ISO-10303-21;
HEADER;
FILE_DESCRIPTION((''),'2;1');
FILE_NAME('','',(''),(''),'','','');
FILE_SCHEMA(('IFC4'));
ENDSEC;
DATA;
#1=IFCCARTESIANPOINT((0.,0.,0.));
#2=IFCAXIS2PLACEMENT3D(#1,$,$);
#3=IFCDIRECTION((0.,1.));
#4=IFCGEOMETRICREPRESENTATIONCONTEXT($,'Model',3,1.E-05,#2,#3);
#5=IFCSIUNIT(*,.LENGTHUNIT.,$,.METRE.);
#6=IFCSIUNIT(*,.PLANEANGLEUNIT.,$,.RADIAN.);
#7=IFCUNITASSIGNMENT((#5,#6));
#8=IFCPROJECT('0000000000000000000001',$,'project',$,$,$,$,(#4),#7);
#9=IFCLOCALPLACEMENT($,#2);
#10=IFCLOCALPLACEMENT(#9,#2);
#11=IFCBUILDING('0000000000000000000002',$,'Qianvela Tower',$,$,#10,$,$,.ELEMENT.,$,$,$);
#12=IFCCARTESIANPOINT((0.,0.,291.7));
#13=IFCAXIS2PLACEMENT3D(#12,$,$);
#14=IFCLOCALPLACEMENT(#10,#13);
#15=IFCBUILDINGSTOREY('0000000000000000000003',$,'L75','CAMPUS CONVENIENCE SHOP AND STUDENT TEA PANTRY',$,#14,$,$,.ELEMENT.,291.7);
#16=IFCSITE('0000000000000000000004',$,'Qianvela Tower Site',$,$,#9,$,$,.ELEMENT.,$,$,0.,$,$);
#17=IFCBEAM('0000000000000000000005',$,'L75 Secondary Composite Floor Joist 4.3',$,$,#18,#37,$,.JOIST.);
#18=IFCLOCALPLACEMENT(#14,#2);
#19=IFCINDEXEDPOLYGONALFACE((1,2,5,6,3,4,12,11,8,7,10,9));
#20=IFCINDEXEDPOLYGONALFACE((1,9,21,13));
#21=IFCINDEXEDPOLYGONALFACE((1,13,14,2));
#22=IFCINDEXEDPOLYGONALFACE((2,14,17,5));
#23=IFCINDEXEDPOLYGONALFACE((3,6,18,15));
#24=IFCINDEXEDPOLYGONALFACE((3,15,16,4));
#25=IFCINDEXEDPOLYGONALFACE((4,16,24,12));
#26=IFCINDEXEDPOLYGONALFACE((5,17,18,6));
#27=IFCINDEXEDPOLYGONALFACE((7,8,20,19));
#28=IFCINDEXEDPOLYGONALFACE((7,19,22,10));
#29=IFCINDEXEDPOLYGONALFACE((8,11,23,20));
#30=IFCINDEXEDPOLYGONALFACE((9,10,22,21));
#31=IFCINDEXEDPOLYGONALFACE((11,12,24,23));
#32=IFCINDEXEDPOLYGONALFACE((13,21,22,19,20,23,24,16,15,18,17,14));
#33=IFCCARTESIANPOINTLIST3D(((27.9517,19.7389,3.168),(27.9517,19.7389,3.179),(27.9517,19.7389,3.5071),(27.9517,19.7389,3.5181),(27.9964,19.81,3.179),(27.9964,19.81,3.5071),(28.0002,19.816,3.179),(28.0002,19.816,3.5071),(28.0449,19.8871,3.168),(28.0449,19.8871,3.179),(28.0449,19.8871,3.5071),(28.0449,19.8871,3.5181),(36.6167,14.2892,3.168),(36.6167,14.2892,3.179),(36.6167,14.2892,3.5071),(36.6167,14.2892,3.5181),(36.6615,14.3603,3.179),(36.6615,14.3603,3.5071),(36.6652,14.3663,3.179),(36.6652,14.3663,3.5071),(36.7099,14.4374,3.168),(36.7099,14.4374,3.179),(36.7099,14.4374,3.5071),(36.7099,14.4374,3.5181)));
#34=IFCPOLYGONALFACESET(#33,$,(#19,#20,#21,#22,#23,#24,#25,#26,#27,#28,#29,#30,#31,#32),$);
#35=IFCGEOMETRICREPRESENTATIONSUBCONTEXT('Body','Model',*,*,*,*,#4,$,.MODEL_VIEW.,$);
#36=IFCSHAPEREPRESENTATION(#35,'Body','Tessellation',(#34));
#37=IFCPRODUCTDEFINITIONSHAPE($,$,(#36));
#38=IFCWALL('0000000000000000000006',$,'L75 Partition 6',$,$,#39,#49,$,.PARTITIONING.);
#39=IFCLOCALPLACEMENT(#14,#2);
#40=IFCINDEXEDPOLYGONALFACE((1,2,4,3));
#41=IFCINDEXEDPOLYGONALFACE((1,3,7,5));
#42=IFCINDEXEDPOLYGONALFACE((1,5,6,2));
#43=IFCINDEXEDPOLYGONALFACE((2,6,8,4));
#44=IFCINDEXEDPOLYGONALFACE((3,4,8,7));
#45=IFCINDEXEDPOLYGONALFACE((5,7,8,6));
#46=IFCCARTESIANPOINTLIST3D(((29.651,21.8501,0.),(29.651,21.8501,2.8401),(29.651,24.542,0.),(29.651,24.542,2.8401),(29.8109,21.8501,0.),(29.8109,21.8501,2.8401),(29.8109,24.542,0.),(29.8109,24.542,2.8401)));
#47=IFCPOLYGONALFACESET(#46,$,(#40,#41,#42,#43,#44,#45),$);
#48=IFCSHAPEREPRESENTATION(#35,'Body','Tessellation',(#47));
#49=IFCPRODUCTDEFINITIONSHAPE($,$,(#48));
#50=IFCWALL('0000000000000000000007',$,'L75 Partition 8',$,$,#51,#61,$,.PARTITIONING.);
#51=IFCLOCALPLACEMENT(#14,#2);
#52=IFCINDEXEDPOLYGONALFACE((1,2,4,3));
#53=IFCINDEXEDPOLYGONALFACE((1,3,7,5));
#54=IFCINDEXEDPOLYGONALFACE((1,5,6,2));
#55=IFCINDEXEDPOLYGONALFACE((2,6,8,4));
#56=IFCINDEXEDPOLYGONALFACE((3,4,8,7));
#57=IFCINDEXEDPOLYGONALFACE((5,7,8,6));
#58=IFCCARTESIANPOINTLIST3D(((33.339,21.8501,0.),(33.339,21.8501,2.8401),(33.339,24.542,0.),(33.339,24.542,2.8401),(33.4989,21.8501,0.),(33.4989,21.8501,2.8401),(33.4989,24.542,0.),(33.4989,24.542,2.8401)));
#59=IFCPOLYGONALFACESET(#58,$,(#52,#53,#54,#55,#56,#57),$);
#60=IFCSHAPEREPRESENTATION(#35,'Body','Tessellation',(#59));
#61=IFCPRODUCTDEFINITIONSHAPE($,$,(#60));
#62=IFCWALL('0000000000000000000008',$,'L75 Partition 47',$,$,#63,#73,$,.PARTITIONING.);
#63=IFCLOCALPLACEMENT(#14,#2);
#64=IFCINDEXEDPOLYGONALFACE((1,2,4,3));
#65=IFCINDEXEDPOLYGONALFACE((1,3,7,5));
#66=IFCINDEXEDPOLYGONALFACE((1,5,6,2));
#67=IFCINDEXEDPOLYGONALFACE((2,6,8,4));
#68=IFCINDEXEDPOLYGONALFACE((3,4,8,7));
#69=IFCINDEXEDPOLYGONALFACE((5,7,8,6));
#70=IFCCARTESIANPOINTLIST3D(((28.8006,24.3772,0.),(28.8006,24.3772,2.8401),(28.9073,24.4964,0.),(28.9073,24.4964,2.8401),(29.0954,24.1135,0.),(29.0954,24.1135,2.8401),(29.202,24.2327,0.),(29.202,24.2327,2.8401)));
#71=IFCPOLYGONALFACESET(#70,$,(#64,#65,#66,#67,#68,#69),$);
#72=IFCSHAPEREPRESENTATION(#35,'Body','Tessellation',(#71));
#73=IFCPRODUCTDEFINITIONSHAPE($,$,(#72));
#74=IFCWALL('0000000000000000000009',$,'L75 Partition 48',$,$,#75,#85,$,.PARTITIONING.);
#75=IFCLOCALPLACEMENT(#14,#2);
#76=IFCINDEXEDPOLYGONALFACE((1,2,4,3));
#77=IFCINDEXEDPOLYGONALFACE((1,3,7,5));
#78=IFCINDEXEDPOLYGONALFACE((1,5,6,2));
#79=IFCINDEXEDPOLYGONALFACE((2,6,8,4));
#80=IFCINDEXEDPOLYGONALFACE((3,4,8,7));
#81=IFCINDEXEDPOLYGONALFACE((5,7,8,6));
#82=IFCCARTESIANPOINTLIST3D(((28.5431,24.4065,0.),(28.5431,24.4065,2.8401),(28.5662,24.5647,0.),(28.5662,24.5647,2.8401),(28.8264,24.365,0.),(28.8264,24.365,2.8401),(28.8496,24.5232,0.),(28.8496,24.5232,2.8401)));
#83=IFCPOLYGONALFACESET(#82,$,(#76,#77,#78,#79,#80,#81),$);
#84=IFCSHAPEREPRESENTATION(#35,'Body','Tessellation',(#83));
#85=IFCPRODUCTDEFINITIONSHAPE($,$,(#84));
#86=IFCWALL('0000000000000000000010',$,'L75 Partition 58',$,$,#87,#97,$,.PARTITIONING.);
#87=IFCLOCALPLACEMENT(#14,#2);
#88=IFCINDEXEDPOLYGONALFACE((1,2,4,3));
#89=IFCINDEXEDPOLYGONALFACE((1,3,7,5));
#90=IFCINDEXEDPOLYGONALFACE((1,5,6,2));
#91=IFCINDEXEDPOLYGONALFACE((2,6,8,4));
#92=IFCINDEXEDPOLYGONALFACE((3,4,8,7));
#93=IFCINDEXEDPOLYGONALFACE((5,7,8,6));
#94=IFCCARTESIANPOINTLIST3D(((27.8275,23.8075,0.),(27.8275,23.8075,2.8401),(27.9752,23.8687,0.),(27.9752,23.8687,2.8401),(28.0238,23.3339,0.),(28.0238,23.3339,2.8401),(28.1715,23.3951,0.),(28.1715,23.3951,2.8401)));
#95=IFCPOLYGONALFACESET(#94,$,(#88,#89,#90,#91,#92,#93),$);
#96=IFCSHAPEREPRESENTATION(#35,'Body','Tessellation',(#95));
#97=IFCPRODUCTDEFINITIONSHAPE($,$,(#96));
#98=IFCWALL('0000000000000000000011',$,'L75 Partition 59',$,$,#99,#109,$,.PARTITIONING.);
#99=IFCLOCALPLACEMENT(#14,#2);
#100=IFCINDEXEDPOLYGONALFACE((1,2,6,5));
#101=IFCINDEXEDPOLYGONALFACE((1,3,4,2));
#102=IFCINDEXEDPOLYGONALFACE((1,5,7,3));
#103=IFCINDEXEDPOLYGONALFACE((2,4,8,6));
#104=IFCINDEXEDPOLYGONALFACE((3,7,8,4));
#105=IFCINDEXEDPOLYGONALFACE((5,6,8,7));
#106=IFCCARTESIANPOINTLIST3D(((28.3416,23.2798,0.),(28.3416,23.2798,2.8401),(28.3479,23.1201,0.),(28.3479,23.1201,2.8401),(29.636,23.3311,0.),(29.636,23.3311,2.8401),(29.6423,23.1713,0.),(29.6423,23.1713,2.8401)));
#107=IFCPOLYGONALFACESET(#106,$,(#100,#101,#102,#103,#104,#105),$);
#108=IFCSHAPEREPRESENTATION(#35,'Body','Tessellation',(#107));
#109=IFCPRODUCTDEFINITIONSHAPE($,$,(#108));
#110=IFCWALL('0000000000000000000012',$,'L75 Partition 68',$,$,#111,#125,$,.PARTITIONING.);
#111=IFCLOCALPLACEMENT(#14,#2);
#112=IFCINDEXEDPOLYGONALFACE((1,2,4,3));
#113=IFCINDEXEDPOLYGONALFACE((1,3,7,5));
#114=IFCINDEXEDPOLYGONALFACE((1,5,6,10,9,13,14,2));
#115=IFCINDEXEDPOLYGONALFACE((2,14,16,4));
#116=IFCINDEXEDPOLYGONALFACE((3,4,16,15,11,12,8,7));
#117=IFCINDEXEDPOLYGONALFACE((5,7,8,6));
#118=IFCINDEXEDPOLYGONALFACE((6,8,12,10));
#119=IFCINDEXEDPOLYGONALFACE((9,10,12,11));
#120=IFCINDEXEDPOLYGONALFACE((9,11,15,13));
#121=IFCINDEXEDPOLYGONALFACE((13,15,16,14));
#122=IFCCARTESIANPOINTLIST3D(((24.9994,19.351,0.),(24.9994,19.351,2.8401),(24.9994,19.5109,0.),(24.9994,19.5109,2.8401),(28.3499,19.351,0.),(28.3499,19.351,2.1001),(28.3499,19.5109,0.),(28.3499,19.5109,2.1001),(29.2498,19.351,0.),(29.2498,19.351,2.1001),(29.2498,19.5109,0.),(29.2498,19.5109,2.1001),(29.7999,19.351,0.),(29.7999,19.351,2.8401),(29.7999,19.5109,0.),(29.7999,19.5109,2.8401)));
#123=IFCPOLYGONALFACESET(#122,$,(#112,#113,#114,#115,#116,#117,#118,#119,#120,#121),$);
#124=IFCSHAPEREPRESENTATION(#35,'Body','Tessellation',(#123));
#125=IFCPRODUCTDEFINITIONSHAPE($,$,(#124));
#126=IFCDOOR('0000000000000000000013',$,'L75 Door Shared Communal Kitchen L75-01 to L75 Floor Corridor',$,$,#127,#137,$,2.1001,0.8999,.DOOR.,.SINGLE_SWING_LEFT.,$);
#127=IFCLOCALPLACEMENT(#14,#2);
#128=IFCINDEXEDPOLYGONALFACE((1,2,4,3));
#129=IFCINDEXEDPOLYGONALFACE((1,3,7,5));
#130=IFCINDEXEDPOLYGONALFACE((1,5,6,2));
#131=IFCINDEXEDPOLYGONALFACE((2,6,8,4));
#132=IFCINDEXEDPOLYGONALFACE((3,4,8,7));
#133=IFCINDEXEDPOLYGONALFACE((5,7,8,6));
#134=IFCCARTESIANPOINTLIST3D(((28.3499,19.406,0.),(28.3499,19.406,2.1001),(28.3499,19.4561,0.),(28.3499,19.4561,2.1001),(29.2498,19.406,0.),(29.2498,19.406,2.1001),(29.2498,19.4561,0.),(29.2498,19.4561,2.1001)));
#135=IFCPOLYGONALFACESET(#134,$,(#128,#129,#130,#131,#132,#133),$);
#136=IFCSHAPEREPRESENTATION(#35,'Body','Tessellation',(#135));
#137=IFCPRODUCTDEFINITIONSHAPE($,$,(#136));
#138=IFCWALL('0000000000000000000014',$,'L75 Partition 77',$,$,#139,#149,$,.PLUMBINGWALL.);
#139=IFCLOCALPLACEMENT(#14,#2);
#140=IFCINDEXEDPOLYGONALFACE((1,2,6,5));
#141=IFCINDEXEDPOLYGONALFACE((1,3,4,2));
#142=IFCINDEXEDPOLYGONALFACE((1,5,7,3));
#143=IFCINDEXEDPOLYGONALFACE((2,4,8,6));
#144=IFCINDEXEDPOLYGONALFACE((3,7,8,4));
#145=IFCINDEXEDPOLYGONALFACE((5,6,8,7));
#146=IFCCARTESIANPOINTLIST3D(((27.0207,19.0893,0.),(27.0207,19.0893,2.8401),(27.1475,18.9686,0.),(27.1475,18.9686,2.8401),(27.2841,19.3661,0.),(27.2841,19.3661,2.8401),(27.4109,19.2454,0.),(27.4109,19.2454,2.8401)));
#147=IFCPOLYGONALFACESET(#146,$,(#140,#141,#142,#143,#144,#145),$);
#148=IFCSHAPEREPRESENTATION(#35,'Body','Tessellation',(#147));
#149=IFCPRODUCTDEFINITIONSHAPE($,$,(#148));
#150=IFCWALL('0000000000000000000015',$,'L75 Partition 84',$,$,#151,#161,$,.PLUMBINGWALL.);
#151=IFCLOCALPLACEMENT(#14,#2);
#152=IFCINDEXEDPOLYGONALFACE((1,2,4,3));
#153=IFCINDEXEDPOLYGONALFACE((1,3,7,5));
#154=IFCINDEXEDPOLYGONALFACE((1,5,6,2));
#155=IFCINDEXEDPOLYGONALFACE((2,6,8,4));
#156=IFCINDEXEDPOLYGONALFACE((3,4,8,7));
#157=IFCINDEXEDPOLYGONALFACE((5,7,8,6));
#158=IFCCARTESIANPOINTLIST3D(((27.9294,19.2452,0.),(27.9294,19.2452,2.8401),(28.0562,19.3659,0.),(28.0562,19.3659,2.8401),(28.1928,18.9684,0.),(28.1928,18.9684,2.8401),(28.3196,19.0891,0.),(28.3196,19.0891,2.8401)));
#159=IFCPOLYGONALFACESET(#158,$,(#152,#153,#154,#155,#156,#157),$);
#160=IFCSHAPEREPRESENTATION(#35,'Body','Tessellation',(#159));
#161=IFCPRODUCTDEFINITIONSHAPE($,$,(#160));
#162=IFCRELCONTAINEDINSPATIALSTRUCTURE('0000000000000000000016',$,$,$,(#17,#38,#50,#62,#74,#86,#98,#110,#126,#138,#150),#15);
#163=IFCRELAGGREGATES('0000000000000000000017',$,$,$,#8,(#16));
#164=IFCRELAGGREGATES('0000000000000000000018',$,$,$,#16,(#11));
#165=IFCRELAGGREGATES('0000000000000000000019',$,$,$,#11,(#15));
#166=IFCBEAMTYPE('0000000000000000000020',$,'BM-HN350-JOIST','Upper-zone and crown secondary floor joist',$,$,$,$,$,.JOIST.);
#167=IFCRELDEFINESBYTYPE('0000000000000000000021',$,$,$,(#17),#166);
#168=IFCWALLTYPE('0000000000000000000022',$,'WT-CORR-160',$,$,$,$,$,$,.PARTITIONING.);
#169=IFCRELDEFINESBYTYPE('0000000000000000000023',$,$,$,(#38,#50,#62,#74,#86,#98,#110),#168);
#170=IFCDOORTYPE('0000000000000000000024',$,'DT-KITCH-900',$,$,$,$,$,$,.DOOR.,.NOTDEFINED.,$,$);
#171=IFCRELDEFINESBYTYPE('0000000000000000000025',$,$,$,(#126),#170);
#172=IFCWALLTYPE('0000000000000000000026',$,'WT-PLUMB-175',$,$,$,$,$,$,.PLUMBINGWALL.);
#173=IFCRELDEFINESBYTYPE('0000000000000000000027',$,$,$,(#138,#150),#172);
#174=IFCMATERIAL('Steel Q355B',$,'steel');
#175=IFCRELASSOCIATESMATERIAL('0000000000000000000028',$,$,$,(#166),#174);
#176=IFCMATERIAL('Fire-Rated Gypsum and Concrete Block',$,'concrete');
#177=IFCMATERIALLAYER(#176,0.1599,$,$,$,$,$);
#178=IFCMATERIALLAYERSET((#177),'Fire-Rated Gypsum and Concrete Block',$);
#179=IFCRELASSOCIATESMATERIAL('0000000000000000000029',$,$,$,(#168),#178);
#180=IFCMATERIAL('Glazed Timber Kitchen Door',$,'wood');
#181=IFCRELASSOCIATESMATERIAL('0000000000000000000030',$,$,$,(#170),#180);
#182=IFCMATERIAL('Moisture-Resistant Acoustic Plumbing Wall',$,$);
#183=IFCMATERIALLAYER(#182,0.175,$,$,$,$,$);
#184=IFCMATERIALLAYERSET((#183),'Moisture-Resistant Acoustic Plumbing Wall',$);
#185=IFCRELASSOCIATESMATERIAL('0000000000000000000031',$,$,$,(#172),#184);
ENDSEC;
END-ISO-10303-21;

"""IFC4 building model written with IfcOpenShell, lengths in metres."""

from ifc_helpers import new_model, si_unit, direction, frame, frame_2d, origin, origin_2d, place, context, subcontext, project, spatial, rectangle, i_section, extrude, material, layer, layer_set, material_profile, profile_set, type_object, element, fill, save


model = new_model("IFC4")

# Units and contexts
model_context = context("Model", 3, precision=1e-05, world=origin(), true_north=direction((0.0, 1.0)))
body_context = subcontext(model_context, "Body", "Model", "MODEL_VIEW")
ifc_project = project(units=[si_unit("LENGTHUNIT", "METRE"), si_unit("PLANEANGLEUNIT", "RADIAN")], contexts=[model_context])

# Site, building, storey
site_placement = place(None, origin())
site = spatial("IfcSite", under=ifc_project, at=site_placement, Name="Qianvela Tower Site", CompositionType="ELEMENT", RefElevation=0.0)
building_placement = place(site_placement, origin())
building = spatial("IfcBuilding", under=site, at=building_placement, Name="Qianvela Tower", CompositionType="ELEMENT")
storey_placement = place(building_placement, frame((0.0, 0.0, 291.7)))
storey = spatial("IfcBuildingStorey", under=building, at=storey_placement, Name="L75", Description="CAMPUS CONVENIENCE SHOP AND STUDENT TEA PANTRY", CompositionType="ELEMENT", Elevation=291.7)

# Beam
ifc_material_1 = material(Name="Steel Q355B", Category="steel")
ifc_material_profile_1 = material_profile(ifc_material_1, i_section(OverallWidth=0.175, OverallDepth=0.3501, WebThickness=0.0071, FlangeThickness=0.011, at=origin_2d()), Name="HN350x175x7x11")
ifc_profile_set_1 = profile_set([ifc_material_profile_1], Name="Steel Q355B")
beam_type_1 = type_object("IfcBeamType", Name="BM-HN350-JOIST", Description="Upper-zone and crown secondary floor joist", PredefinedType="JOIST", material=ifc_profile_set_1)
beam_1_placement = place(storey_placement, frame((27.9983, 19.813, 3.343), z_axis=(0.8465, -0.532389, 0.0), x_axis=(0.532389, 0.8465, 0.0)))
element("IfcBeam", 1, at=beam_1_placement, inside=storey, type_object=beam_type_1, Name="L75 Secondary Composite Floor Joist 4.3", PredefinedType="JOIST", context=body_context, shape_type="SweptSolid", body=[
    extrude(i_section(OverallWidth=0.175, OverallDepth=0.3501, WebThickness=0.0071, FlangeThickness=0.011, at=origin_2d()), origin(), (0.0, 0.0, 1.0), 10.2363),
])

# Shared definitions
ifc_material_2 = material(Name="Fire-Rated Gypsum and Concrete Block", Category="concrete")
ifc_layer_1 = layer(ifc_material_2, 0.1599)
ifc_layer_set_1 = layer_set([ifc_layer_1], Name="Fire-Rated Gypsum and Concrete Block")
wall_type_1 = type_object("IfcWallType", Name="WT-CORR-160", PredefinedType="PARTITIONING", material=ifc_layer_set_1)

# Walls
for number, where, z_axis, x_axis, name in (
    (2, (29.731, 21.8501, 0.0), (0.0, 0.0, 1.0), (0.0, 1.0, 0.0), "L75 Partition 6"),
    (3, (33.4189, 24.542, 0.0), (0.0, 0.0, 1.0), (0.0, -1.0, 0.0), "L75 Partition 8"),
):
    element("IfcWall", number, at=place(storey_placement, frame(where, z_axis=z_axis, x_axis=x_axis)), inside=storey, type_object=wall_type_1, Name=name, PredefinedType="PARTITIONING", context=body_context, shape_type="SweptSolid", body=[
        extrude(rectangle(XDim=2.6919, YDim=0.1599, at=frame_2d((1.3459, 0.0))), origin(), (0.0, 0.0, 1.0), 2.8401),
    ])
wall_1_placement = place(storey_placement, frame((29.1487, 24.1731, 0.0), z_axis=(0.0, 0.0, 1.0), x_axis=(-0.745225, 0.666813, 0.0)))
element("IfcWall", 4, at=wall_1_placement, inside=storey, type_object=wall_type_1, Name="L75 Partition 47", PredefinedType="PARTITIONING", context=body_context, shape_type="SweptSolid", body=[
    extrude(rectangle(XDim=0.3955, YDim=0.1599, at=frame_2d((0.1978, 0.0))), origin(), (0.0, 0.0, 1.0), 2.8401),
])
wall_2_placement = place(storey_placement, frame((28.8379, 24.4441, 0.0), z_axis=(0.0, 0.0, 1.0), x_axis=(-0.989449, 0.144881, 0.0)))
element("IfcWall", 5, at=wall_2_placement, inside=storey, type_object=wall_type_1, Name="L75 Partition 48", PredefinedType="PARTITIONING", context=body_context, shape_type="SweptSolid", body=[
    extrude(rectangle(XDim=0.2864, YDim=0.1599, at=frame_2d((0.1431, 0.0))), origin(), (0.0, 0.0, 1.0), 2.8401),
])
wall_3_placement = place(storey_placement, frame((27.9014, 23.8381, 0.0), z_axis=(0.0, 0.0, 1.0), x_axis=(0.382856, -0.923808, 0.0)))
element("IfcWall", 6, at=wall_3_placement, inside=storey, type_object=wall_type_1, Name="L75 Partition 58", PredefinedType="PARTITIONING", context=body_context, shape_type="SweptSolid", body=[
    extrude(rectangle(XDim=0.5127, YDim=0.1599, at=frame_2d((0.2563, 0.0))), origin(), (0.0, 0.0, 1.0), 2.8401),
])
wall_4_placement = place(storey_placement, frame((28.3447, 23.2, 0.0), z_axis=(0.0, 0.0, 1.0), x_axis=(0.999217, 0.039577, 0.0)))
element("IfcWall", 7, at=wall_4_placement, inside=storey, type_object=wall_type_1, Name="L75 Partition 59", PredefinedType="PARTITIONING", context=body_context, shape_type="SweptSolid", body=[
    extrude(rectangle(XDim=1.2954, YDim=0.1599, at=frame_2d((0.6477, 0.0))), origin(), (0.0, 0.0, 1.0), 2.8401),
])

# Wall, opening, door
wall_5_placement = place(storey_placement, frame((29.8, 19.4309, 0.0), z_axis=(0.0, 0.0, 1.0), x_axis=(-1.0, 0.0, 0.0)))
wall_5 = element("IfcWall", 8, at=wall_5_placement, inside=storey, type_object=wall_type_1, Name="L75 Partition 68", PredefinedType="PARTITIONING", context=body_context, shape_type="SweptSolid", body=[
    extrude(rectangle(XDim=4.8005, YDim=0.1599, at=frame_2d((2.4004, 0.0))), origin(), (0.0, 0.0, 1.0), 2.8401),
])
opening_1_placement = place(wall_5_placement, frame((0.5503, 0.0, 0.0)))
opening_1 = element("IfcOpeningElement", 9, at=opening_1_placement, cuts=wall_5, PredefinedType="OPENING", context=body_context, shape_type="SweptSolid", body=[
    extrude(rectangle(XDim=0.8999, YDim=2.1001, at=frame_2d((0.45, 1.05))), frame((0.0, 0.0898, 0.0), z_axis=(0.0, -1.0, 0.0), x_axis=(1.0, 0.0, 0.0)), (0.0, 0.0, 1.0), 0.1799),
])
ifc_material_3 = material(Name="Glazed Timber Kitchen Door", Category="wood")
door_type_1 = type_object("IfcDoorType", Name="DT-KITCH-900", OperationType="NOTDEFINED", PredefinedType="DOOR", material=ifc_material_3)
door_1_placement = place(opening_1_placement, origin())
door_1 = element("IfcDoor", 10, at=door_1_placement, inside=storey, type_object=door_type_1, Name="L75 Door Shared Communal Kitchen L75-01 to L75 Floor Corridor", OperationType="SINGLE_SWING_LEFT", OverallHeight=2.1001, OverallWidth=0.8999, PredefinedType="DOOR", context=body_context, shape_type="SweptSolid", body=[
    extrude(rectangle(XDim=0.8999, YDim=2.1001, at=frame_2d((0.45, 1.05))), frame((0.0, 0.0249, 0.0), z_axis=(0.0, -1.0, 0.0), x_axis=(1.0, 0.0, 0.0)), (0.0, 0.0, 1.0), 0.05),
])
fill(opening_1, door_1)

# Walls
ifc_material_4 = material(Name="Moisture-Resistant Acoustic Plumbing Wall")
ifc_layer_2 = layer(ifc_material_4, 0.175)
ifc_layer_set_2 = layer_set([ifc_layer_2], Name="Moisture-Resistant Acoustic Plumbing Wall")
wall_type_2 = type_object("IfcWallType", Name="WT-PLUMB-175", PredefinedType="PLUMBINGWALL", material=ifc_layer_set_2)
for number, where, z_axis, x_axis, name in (
    (11, (27.3474, 19.3057, 0.0), (0.0, 0.0, 1.0), (-0.68932, -0.724457, 0.0), "L75 Partition 77"),
    (12, (28.2561, 19.0288, 0.0), (0.0, 0.0, 1.0), (-0.68932, 0.724457, 0.0), "L75 Partition 84"),
):
    element("IfcWall", number, at=place(storey_placement, frame(where, z_axis=z_axis, x_axis=x_axis)), inside=storey, type_object=wall_type_2, Name=name, PredefinedType="PLUMBINGWALL", context=body_context, shape_type="SweptSolid", body=[
        extrude(rectangle(XDim=0.3821, YDim=0.175, at=frame_2d((0.1909, 0.0))), origin(), (0.0, 0.0, 1.0), 2.8401),
    ])

save(model, "model.ifc")
